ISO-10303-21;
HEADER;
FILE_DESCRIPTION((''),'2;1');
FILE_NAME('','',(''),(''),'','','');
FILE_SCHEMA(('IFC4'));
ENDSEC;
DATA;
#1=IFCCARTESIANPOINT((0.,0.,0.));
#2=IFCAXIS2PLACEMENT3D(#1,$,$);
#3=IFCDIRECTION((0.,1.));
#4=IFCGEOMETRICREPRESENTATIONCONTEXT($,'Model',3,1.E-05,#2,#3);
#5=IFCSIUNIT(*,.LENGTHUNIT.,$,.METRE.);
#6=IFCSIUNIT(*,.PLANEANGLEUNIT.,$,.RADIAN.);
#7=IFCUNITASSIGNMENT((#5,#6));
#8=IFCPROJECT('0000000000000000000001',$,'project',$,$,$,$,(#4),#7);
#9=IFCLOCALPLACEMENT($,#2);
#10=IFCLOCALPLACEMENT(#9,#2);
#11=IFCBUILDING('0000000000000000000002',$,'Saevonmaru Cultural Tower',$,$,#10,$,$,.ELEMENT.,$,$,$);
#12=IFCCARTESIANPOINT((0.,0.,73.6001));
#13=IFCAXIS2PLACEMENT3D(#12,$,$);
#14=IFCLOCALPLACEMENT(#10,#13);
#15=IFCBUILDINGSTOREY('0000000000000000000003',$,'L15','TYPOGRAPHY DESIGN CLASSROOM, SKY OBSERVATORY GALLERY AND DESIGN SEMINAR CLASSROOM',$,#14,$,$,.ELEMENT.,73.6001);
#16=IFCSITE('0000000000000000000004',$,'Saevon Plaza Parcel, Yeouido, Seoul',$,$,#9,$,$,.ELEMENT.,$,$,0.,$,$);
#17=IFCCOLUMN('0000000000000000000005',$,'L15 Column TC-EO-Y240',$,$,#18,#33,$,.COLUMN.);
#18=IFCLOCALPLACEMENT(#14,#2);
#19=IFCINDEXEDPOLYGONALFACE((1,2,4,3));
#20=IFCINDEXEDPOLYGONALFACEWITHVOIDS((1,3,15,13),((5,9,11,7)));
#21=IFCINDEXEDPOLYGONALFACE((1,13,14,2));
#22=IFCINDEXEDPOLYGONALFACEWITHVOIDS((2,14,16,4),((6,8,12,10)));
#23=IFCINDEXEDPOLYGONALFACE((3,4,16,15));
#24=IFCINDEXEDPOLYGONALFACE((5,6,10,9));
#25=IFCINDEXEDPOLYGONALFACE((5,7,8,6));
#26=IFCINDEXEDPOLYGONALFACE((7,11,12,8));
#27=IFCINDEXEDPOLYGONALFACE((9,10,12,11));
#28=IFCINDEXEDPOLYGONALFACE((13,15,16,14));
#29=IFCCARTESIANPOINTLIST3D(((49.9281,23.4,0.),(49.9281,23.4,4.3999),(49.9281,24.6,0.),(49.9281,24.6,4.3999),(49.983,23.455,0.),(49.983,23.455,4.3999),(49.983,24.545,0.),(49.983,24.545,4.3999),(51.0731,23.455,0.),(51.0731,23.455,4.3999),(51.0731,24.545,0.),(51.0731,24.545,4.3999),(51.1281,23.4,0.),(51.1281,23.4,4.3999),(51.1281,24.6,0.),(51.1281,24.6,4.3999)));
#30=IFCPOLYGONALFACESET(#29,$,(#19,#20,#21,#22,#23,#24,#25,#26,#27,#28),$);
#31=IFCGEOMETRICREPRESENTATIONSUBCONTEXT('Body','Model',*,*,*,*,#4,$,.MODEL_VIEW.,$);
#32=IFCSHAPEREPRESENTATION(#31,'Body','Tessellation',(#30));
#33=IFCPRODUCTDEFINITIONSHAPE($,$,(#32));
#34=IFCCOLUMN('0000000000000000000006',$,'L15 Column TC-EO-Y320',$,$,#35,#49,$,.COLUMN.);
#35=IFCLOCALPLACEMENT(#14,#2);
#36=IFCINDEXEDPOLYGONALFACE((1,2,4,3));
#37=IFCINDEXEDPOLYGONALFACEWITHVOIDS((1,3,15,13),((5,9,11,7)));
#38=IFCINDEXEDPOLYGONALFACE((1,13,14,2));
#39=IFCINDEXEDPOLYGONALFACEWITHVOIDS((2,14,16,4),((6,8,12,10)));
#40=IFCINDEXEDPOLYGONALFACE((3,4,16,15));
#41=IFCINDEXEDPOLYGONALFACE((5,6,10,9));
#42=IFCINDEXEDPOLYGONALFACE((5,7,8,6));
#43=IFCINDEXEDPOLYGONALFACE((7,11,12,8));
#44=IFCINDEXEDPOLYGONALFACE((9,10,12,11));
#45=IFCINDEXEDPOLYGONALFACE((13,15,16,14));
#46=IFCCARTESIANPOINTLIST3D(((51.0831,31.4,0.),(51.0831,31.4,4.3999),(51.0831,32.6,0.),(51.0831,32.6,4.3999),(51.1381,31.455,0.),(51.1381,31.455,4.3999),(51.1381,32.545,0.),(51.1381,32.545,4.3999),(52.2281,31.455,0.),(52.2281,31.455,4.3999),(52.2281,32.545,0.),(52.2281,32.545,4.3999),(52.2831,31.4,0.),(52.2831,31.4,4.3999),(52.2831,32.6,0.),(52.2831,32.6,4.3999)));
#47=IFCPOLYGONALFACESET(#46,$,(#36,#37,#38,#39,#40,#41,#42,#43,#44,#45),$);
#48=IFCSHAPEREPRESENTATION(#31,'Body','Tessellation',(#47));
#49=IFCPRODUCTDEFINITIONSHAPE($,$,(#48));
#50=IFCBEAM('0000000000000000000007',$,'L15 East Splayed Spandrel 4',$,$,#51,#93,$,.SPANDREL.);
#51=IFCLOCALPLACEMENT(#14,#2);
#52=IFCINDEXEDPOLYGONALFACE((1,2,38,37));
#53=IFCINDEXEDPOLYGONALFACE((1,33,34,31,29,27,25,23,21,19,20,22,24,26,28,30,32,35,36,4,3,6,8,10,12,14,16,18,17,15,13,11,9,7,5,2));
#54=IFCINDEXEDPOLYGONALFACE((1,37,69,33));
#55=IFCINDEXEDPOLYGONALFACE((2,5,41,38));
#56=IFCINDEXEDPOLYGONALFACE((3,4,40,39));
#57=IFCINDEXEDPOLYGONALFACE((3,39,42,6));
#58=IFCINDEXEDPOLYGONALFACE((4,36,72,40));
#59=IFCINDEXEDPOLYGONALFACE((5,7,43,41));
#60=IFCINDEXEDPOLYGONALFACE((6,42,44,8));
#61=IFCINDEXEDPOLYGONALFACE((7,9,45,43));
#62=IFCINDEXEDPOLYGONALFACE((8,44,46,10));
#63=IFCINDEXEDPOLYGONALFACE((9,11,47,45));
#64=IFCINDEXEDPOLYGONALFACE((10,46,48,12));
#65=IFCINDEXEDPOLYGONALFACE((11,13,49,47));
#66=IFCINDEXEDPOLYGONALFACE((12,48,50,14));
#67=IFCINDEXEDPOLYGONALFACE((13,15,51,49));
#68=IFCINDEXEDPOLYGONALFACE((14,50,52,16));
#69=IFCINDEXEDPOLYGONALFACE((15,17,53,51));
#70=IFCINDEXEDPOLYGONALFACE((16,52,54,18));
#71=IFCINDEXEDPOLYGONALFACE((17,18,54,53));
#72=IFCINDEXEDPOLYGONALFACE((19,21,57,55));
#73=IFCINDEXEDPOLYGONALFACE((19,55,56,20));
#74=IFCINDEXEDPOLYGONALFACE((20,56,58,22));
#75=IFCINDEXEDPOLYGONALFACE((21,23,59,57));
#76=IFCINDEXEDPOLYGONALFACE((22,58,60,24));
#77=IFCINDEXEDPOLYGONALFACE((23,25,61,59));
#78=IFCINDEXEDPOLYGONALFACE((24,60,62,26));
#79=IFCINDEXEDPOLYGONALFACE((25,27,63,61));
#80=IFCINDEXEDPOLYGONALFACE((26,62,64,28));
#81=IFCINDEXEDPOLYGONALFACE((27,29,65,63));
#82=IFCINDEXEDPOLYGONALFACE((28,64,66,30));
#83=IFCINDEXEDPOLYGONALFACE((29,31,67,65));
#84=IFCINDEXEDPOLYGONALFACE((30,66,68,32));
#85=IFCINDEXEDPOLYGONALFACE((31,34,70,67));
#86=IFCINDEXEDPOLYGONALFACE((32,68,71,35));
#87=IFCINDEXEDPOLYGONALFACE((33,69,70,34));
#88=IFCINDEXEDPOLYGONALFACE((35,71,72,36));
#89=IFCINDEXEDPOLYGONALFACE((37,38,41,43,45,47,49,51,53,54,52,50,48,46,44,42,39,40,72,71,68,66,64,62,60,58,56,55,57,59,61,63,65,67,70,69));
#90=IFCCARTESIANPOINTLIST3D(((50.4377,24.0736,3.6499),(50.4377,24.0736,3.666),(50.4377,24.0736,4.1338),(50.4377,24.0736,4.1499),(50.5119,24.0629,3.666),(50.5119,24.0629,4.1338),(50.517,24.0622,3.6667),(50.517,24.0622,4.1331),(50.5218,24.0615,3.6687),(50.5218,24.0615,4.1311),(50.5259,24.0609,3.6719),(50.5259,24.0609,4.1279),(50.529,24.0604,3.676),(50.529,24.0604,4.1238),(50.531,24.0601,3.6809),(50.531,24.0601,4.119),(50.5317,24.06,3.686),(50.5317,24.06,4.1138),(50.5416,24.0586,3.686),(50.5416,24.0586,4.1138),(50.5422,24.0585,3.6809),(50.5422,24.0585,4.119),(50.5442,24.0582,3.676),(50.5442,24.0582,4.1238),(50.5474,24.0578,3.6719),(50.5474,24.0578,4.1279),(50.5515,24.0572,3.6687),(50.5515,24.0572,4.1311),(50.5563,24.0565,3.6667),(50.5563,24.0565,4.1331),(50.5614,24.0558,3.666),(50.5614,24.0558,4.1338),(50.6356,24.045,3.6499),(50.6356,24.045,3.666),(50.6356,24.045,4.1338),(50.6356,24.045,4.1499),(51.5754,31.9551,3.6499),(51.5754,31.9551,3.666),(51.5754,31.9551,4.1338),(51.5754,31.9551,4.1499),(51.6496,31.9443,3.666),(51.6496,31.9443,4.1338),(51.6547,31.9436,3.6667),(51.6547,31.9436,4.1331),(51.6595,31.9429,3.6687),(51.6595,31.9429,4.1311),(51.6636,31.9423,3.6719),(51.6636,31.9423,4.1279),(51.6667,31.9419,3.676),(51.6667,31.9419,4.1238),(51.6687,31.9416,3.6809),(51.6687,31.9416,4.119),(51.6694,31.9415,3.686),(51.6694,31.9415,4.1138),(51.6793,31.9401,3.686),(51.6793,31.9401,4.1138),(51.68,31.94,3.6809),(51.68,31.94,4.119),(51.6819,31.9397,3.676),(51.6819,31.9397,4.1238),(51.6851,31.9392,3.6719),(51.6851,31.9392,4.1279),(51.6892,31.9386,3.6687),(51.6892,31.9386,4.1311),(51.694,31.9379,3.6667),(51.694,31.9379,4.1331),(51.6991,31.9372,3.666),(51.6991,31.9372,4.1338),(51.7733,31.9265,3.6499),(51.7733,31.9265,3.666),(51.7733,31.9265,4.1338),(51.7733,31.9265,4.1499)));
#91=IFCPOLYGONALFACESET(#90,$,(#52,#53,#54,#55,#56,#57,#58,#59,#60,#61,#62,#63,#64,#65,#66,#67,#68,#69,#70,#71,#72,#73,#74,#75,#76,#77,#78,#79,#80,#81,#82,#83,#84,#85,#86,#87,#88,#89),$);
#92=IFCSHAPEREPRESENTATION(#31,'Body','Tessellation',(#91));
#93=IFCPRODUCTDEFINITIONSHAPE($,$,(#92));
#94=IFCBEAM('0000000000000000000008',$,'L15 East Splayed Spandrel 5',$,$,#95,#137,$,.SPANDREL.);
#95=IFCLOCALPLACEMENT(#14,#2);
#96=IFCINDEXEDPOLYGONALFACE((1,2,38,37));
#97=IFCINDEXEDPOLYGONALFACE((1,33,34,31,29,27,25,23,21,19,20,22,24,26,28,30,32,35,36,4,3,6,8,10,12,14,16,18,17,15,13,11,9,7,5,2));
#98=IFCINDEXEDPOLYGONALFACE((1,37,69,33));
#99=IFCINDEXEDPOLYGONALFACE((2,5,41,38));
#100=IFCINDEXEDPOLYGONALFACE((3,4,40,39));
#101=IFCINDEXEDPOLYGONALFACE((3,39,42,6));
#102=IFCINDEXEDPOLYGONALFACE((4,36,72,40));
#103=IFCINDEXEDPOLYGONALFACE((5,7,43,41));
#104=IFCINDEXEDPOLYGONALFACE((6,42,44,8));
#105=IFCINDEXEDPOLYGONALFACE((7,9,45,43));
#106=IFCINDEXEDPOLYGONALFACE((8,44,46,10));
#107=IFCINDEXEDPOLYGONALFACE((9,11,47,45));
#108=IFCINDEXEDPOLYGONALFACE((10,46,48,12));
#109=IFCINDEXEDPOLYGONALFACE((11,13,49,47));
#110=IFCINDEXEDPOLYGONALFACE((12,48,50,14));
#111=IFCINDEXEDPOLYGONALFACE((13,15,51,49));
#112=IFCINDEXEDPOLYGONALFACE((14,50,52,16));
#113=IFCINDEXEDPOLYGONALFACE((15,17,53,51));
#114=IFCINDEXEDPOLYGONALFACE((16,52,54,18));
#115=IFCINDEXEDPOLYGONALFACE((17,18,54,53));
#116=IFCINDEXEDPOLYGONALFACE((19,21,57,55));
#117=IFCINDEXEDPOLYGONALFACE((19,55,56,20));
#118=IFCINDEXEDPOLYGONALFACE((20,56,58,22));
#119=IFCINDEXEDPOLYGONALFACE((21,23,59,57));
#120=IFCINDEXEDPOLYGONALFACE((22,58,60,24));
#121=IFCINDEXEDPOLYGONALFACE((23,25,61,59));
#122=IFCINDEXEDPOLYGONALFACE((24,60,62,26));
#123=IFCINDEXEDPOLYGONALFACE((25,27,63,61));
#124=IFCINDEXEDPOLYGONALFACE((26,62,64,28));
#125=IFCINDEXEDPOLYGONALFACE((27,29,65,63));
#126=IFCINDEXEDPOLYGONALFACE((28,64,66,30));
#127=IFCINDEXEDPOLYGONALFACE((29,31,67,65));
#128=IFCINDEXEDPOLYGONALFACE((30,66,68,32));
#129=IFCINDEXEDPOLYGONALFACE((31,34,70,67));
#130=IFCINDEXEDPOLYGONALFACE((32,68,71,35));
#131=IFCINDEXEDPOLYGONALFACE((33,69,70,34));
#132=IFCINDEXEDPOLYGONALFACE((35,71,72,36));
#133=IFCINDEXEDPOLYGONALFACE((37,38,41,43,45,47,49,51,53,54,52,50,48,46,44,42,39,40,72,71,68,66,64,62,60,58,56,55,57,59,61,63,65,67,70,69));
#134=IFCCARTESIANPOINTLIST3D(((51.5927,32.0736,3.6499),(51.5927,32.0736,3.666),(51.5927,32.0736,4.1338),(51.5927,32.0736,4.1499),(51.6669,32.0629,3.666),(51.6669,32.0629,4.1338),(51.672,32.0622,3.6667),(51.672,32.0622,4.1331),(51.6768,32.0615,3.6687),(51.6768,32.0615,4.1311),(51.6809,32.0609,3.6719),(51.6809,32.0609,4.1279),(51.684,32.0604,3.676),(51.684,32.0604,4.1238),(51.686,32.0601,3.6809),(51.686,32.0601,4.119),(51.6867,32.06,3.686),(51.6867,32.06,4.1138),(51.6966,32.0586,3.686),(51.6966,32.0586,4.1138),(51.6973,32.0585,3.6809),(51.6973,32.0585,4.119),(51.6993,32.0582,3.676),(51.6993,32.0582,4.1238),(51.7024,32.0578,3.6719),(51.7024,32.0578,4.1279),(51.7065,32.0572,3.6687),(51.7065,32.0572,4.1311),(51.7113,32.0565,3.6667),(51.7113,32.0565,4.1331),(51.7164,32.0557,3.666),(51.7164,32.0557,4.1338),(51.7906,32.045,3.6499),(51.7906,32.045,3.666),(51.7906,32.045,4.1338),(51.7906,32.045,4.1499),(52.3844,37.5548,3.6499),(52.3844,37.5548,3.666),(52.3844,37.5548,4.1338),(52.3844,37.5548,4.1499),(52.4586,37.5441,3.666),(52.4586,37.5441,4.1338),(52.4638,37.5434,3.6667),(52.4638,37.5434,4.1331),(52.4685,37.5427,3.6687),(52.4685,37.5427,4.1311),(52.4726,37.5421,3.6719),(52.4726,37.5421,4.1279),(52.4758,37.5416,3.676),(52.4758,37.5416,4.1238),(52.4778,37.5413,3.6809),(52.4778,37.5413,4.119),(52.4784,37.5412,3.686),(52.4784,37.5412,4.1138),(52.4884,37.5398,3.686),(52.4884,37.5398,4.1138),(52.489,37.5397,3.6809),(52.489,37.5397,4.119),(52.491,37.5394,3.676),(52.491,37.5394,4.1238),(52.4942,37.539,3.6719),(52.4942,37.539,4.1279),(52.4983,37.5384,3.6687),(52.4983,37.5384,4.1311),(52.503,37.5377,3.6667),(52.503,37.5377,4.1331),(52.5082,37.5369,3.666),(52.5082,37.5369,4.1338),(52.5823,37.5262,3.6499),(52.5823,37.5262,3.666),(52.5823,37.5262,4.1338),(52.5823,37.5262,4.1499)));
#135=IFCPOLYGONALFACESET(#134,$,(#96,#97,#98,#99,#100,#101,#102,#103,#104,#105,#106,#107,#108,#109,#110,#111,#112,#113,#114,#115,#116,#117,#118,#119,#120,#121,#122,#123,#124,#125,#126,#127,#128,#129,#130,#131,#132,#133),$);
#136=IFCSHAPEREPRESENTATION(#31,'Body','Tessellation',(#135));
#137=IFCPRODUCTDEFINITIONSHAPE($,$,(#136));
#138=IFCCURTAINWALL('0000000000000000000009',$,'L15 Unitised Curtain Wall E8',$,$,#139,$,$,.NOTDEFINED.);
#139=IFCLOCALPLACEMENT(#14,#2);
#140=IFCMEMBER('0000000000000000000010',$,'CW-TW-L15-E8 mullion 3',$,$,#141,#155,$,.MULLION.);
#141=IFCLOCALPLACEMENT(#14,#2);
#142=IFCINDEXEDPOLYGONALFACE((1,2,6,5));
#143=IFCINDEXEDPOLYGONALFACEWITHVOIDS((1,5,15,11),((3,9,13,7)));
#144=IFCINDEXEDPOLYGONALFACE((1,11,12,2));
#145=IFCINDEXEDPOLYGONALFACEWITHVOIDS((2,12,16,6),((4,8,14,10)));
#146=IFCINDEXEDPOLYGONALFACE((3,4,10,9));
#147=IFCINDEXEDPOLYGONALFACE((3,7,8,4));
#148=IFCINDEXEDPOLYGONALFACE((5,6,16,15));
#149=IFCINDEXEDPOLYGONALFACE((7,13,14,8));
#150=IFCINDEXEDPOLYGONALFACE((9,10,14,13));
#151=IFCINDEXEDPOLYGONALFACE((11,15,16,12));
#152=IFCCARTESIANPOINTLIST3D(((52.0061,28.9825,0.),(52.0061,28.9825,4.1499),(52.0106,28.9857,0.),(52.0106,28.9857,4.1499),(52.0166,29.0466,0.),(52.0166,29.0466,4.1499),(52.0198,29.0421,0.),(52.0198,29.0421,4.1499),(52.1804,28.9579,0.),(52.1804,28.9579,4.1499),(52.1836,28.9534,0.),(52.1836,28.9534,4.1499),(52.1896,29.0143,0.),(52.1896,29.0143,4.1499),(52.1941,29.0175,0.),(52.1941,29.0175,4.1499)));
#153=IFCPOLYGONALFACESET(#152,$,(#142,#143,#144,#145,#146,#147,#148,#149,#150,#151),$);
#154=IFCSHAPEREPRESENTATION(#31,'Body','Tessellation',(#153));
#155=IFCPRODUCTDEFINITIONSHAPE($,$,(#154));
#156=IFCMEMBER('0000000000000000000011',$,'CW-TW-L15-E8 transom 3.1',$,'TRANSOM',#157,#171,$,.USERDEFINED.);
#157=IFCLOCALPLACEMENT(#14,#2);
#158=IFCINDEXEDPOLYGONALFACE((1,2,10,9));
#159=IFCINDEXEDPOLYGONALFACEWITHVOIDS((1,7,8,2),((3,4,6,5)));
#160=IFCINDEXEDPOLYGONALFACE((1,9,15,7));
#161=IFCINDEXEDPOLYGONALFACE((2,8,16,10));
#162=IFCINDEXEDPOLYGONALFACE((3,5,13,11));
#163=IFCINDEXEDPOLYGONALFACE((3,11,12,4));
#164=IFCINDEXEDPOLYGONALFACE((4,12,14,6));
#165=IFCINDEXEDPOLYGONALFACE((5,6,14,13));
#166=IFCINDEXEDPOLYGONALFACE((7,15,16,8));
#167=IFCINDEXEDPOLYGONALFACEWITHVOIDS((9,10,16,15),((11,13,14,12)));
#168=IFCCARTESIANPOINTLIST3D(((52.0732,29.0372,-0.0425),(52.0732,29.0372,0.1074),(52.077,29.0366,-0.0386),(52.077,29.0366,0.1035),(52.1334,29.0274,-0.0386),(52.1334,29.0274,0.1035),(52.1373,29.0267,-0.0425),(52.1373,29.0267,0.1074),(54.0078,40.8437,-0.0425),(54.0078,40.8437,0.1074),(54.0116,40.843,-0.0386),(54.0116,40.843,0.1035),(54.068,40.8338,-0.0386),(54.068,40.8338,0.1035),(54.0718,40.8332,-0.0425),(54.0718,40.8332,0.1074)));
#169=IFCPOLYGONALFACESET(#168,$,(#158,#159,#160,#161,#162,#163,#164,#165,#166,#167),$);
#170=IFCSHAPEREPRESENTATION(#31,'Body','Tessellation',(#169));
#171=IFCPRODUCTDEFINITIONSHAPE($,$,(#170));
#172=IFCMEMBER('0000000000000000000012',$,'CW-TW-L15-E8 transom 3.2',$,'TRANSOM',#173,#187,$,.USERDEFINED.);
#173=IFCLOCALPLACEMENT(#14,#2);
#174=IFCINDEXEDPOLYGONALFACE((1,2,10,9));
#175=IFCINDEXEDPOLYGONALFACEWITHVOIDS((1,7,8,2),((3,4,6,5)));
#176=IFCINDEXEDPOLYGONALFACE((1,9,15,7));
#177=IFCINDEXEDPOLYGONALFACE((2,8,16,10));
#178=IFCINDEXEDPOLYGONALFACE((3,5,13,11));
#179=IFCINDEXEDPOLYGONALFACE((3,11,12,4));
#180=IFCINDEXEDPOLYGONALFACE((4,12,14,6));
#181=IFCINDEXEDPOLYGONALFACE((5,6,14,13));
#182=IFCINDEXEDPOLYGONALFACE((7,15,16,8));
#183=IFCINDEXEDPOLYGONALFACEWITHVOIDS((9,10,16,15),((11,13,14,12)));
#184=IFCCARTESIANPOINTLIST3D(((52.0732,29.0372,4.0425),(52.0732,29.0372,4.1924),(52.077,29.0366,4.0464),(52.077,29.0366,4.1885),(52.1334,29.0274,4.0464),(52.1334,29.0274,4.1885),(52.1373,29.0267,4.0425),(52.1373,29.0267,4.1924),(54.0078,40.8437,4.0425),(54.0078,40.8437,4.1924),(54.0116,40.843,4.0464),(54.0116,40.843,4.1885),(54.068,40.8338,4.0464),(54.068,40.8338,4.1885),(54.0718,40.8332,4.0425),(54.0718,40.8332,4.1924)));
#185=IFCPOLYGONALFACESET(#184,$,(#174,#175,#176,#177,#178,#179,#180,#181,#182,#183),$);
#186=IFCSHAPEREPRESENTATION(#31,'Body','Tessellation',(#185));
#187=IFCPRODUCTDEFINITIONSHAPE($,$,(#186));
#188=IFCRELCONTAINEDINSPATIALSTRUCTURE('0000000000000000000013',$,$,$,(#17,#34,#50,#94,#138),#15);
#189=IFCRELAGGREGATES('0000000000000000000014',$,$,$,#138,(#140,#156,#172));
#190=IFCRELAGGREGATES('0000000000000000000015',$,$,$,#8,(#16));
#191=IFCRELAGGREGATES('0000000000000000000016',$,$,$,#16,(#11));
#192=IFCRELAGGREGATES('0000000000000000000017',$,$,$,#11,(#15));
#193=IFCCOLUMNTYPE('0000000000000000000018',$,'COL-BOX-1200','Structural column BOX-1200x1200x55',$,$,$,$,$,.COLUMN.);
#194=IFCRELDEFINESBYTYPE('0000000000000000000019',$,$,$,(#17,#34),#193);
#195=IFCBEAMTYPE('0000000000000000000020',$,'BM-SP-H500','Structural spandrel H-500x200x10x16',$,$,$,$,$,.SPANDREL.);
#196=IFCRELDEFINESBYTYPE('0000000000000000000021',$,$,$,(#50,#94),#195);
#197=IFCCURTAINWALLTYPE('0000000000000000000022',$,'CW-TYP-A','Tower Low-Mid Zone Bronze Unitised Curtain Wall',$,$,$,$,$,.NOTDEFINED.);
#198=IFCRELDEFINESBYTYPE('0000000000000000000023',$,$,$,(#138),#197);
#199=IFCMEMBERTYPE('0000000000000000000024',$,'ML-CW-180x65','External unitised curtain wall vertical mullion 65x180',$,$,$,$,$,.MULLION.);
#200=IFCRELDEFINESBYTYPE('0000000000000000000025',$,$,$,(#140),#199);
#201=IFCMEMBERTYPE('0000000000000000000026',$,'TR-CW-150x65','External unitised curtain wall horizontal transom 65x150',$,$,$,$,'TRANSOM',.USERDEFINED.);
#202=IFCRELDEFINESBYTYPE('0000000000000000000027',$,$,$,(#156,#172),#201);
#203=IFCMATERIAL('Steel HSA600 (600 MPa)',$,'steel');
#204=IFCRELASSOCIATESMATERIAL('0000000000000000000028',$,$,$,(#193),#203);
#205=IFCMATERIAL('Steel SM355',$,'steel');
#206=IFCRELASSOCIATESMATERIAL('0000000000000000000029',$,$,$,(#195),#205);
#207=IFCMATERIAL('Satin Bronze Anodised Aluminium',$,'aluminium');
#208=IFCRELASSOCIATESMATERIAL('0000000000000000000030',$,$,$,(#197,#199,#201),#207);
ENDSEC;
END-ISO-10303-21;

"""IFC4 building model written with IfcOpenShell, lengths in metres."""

from ifc_helpers import new_model, si_unit, direction, frame, origin, origin_2d, place, context, subcontext, project, spatial, hollow_rectangle, i_section, extrude, material, material_profile, profile_set, type_object, element, aggregate, save


model = new_model("IFC4")

# Units and contexts
model_context = context("Model", 3, precision=1e-05, world=origin(), true_north=direction((0.0, 1.0)))
body_context = subcontext(model_context, "Body", "Model", "MODEL_VIEW")
ifc_project = project(units=[si_unit("LENGTHUNIT", "METRE"), si_unit("PLANEANGLEUNIT", "RADIAN")], contexts=[model_context])

# Site, building, storey
site_placement = place(None, origin())
site = spatial("IfcSite", under=ifc_project, at=site_placement, Name="Saevon Plaza Parcel, Yeouido, Seoul", CompositionType="ELEMENT", RefElevation=0.0)
building_placement = place(site_placement, origin())
building = spatial("IfcBuilding", under=site, at=building_placement, Name="Saevonmaru Cultural Tower", CompositionType="ELEMENT")
storey_placement = place(building_placement, frame((0.0, 0.0, 73.6001)))
storey = spatial("IfcBuildingStorey", under=building, at=storey_placement, Name="L15", Description="TYPOGRAPHY DESIGN CLASSROOM, SKY OBSERVATORY GALLERY AND DESIGN SEMINAR CLASSROOM", CompositionType="ELEMENT", Elevation=73.6001)

# Columns
ifc_material_1 = material(Name="Steel HSA600 (600 MPa)", Category="steel")
ifc_material_profile_1 = material_profile(ifc_material_1, hollow_rectangle(XDim=1.2, YDim=1.2, WallThickness=0.0549, at=origin_2d()), Name="BOX-1200x1200x55")
ifc_profile_set_1 = profile_set([ifc_material_profile_1], Name="Steel HSA600 (600 MPa)")
column_type = type_object("IfcColumnType", Name="COL-BOX-1200", Description="Structural column BOX-1200x1200x55", PredefinedType="COLUMN", material=ifc_profile_set_1)
for number, where, z_axis, x_axis, name in (
    (1, (50.5281, 24.0, 0.0), (0.0, 0.0, 1.0), (1.0, 0.0, 0.0), "L15 Column TC-EO-Y240"),
    (2, (51.6831, 32.0, 0.0), (0.0, 0.0, 1.0), (1.0, 0.0, 0.0), "L15 Column TC-EO-Y320"),
):
    element("IfcColumn", number, at=place(storey_placement, frame(where, z_axis=z_axis, x_axis=x_axis)), inside=storey, type_object=column_type, Name=name, PredefinedType="COLUMN", context=body_context, shape_type="SweptSolid", body=[
        extrude(hollow_rectangle(XDim=1.2, YDim=1.2, WallThickness=0.0549, at=origin_2d()), origin(), (0.0, 0.0, 1.0), 4.3999),
    ])

# Beams
ifc_material_2 = material(Name="Steel SM355", Category="steel")
ifc_material_profile_2 = material_profile(ifc_material_2, i_section(OverallWidth=0.2, OverallDepth=0.5, WebThickness=0.01, FlangeThickness=0.0161, FilletRadius=0.02, at=origin_2d()), Name="H-500x200x10x16")
ifc_profile_set_2 = profile_set([ifc_material_profile_2], Name="Steel SM355")
beam_type = type_object("IfcBeamType", Name="BM-SP-H500", Description="Structural spandrel H-500x200x10x16", PredefinedType="SPANDREL", material=ifc_profile_set_2)
beam_1_placement = place(storey_placement, frame((50.5366, 24.0593, 3.8999), z_axis=(0.142872, 0.989741, 0.0), x_axis=(-0.989741, 0.142872, 0.0)))
element("IfcBeam", 3, at=beam_1_placement, inside=storey, type_object=beam_type, Name="L15 East Splayed Spandrel 4", PredefinedType="SPANDREL", context=body_context, shape_type="SweptSolid", body=[
    extrude(i_section(OverallWidth=0.2, OverallDepth=0.5, WebThickness=0.01, FlangeThickness=0.0161, FilletRadius=0.02, at=origin_2d()), origin(), (0.0, 0.0, 1.0), 7.9631),
])
beam_2_placement = place(storey_placement, frame((51.6917, 32.0593, 3.8999), z_axis=(0.142964, 0.989728, 0.0), x_axis=(-0.989728, 0.142964, 0.0)))
element("IfcBeam", 4, at=beam_2_placement, inside=storey, type_object=beam_type, Name="L15 East Splayed Spandrel 5", PredefinedType="SPANDREL", context=body_context, shape_type="SweptSolid", body=[
    extrude(i_section(OverallWidth=0.2, OverallDepth=0.5, WebThickness=0.01, FlangeThickness=0.0161, FilletRadius=0.02, at=origin_2d()), origin(), (0.0, 0.0, 1.0), 5.5381),
])

# Curtain wall, members
ifc_material_3 = material(Name="Satin Bronze Anodised Aluminium", Category="aluminium")
curtain_wall_type = type_object("IfcCurtainWallType", Name="CW-TYP-A", Description="Tower Low-Mid Zone Bronze Unitised Curtain Wall", PredefinedType="NOTDEFINED", material=ifc_material_3)
curtain_wall_placement = place(storey_placement, origin())
curtain_wall = element("IfcCurtainWall", 5, at=curtain_wall_placement, inside=storey, type_object=curtain_wall_type, Name="L15 Unitised Curtain Wall E8", PredefinedType="NOTDEFINED")
ifc_material_profile_3 = material_profile(ifc_material_3, hollow_rectangle(XDim=0.0649, YDim=0.1799, WallThickness=0.0039, at=origin_2d()), Name="ALU-MULL-180x65x4")
ifc_profile_set_3 = profile_set([ifc_material_profile_3], Name="Satin Bronze Anodised Aluminium")
member_type_1 = type_object("IfcMemberType", Name="ML-CW-180x65", Description="External unitised curtain wall vertical mullion 65x180", PredefinedType="MULLION", material=ifc_profile_set_3)
member_1_placement = place(storey_placement, frame((52.1001, 29.0, 0.0), z_axis=(0.0, 0.0, 1.0), x_axis=(0.161709, 0.986839, 0.0)))
member_1 = element("IfcMember", 6, at=member_1_placement, type_object=member_type_1, Name="CW-TW-L15-E8 mullion 3", PredefinedType="MULLION", context=body_context, shape_type="SweptSolid", body=[
    extrude(hollow_rectangle(XDim=0.0649, YDim=0.1799, WallThickness=0.0039, at=origin_2d()), origin(), (0.0, 0.0, 1.0), 4.1499),
])
ifc_material_profile_4 = material_profile(ifc_material_3, hollow_rectangle(XDim=0.0649, YDim=0.1499, WallThickness=0.0039, at=origin_2d()), Name="ALU-TRAN-150x65x4")
ifc_profile_set_4 = profile_set([ifc_material_profile_4], Name="Satin Bronze Anodised Aluminium")
member_type_2 = type_object("IfcMemberType", Name="TR-CW-150x65", Description="External unitised curtain wall horizontal transom 65x150", ElementType="TRANSOM", PredefinedType="USERDEFINED", material=ifc_profile_set_4)
member_2_placement = place(storey_placement, frame((52.1052, 29.032, 0.0325), z_axis=(0.161701, 0.98684, 0.0), x_axis=(-0.98684, 0.161701, 0.0)))
member_2 = element("IfcMember", 7, at=member_2_placement, type_object=member_type_2, Name="CW-TW-L15-E8 transom 3.1", ObjectType="TRANSOM", PredefinedType="USERDEFINED", context=body_context, shape_type="SweptSolid", body=[
    extrude(hollow_rectangle(XDim=0.0649, YDim=0.1499, WallThickness=0.0039, at=origin_2d()), origin(), (0.0, 0.0, 1.0), 11.9639),
])
member_3_placement = place(storey_placement, frame((52.1052, 29.032, 4.1174), z_axis=(0.161701, 0.98684, 0.0), x_axis=(-0.98684, 0.161701, 0.0)))
member_3 = element("IfcMember", 8, at=member_3_placement, type_object=member_type_2, Name="CW-TW-L15-E8 transom 3.2", ObjectType="TRANSOM", PredefinedType="USERDEFINED", context=body_context, shape_type="SweptSolid", body=[
    extrude(hollow_rectangle(XDim=0.0649, YDim=0.1499, WallThickness=0.0039, at=origin_2d()), origin(), (0.0, 0.0, 1.0), 11.9639),
])
aggregate(curtain_wall, [member_1, member_2, member_3])

save(model, "model.ifc")
